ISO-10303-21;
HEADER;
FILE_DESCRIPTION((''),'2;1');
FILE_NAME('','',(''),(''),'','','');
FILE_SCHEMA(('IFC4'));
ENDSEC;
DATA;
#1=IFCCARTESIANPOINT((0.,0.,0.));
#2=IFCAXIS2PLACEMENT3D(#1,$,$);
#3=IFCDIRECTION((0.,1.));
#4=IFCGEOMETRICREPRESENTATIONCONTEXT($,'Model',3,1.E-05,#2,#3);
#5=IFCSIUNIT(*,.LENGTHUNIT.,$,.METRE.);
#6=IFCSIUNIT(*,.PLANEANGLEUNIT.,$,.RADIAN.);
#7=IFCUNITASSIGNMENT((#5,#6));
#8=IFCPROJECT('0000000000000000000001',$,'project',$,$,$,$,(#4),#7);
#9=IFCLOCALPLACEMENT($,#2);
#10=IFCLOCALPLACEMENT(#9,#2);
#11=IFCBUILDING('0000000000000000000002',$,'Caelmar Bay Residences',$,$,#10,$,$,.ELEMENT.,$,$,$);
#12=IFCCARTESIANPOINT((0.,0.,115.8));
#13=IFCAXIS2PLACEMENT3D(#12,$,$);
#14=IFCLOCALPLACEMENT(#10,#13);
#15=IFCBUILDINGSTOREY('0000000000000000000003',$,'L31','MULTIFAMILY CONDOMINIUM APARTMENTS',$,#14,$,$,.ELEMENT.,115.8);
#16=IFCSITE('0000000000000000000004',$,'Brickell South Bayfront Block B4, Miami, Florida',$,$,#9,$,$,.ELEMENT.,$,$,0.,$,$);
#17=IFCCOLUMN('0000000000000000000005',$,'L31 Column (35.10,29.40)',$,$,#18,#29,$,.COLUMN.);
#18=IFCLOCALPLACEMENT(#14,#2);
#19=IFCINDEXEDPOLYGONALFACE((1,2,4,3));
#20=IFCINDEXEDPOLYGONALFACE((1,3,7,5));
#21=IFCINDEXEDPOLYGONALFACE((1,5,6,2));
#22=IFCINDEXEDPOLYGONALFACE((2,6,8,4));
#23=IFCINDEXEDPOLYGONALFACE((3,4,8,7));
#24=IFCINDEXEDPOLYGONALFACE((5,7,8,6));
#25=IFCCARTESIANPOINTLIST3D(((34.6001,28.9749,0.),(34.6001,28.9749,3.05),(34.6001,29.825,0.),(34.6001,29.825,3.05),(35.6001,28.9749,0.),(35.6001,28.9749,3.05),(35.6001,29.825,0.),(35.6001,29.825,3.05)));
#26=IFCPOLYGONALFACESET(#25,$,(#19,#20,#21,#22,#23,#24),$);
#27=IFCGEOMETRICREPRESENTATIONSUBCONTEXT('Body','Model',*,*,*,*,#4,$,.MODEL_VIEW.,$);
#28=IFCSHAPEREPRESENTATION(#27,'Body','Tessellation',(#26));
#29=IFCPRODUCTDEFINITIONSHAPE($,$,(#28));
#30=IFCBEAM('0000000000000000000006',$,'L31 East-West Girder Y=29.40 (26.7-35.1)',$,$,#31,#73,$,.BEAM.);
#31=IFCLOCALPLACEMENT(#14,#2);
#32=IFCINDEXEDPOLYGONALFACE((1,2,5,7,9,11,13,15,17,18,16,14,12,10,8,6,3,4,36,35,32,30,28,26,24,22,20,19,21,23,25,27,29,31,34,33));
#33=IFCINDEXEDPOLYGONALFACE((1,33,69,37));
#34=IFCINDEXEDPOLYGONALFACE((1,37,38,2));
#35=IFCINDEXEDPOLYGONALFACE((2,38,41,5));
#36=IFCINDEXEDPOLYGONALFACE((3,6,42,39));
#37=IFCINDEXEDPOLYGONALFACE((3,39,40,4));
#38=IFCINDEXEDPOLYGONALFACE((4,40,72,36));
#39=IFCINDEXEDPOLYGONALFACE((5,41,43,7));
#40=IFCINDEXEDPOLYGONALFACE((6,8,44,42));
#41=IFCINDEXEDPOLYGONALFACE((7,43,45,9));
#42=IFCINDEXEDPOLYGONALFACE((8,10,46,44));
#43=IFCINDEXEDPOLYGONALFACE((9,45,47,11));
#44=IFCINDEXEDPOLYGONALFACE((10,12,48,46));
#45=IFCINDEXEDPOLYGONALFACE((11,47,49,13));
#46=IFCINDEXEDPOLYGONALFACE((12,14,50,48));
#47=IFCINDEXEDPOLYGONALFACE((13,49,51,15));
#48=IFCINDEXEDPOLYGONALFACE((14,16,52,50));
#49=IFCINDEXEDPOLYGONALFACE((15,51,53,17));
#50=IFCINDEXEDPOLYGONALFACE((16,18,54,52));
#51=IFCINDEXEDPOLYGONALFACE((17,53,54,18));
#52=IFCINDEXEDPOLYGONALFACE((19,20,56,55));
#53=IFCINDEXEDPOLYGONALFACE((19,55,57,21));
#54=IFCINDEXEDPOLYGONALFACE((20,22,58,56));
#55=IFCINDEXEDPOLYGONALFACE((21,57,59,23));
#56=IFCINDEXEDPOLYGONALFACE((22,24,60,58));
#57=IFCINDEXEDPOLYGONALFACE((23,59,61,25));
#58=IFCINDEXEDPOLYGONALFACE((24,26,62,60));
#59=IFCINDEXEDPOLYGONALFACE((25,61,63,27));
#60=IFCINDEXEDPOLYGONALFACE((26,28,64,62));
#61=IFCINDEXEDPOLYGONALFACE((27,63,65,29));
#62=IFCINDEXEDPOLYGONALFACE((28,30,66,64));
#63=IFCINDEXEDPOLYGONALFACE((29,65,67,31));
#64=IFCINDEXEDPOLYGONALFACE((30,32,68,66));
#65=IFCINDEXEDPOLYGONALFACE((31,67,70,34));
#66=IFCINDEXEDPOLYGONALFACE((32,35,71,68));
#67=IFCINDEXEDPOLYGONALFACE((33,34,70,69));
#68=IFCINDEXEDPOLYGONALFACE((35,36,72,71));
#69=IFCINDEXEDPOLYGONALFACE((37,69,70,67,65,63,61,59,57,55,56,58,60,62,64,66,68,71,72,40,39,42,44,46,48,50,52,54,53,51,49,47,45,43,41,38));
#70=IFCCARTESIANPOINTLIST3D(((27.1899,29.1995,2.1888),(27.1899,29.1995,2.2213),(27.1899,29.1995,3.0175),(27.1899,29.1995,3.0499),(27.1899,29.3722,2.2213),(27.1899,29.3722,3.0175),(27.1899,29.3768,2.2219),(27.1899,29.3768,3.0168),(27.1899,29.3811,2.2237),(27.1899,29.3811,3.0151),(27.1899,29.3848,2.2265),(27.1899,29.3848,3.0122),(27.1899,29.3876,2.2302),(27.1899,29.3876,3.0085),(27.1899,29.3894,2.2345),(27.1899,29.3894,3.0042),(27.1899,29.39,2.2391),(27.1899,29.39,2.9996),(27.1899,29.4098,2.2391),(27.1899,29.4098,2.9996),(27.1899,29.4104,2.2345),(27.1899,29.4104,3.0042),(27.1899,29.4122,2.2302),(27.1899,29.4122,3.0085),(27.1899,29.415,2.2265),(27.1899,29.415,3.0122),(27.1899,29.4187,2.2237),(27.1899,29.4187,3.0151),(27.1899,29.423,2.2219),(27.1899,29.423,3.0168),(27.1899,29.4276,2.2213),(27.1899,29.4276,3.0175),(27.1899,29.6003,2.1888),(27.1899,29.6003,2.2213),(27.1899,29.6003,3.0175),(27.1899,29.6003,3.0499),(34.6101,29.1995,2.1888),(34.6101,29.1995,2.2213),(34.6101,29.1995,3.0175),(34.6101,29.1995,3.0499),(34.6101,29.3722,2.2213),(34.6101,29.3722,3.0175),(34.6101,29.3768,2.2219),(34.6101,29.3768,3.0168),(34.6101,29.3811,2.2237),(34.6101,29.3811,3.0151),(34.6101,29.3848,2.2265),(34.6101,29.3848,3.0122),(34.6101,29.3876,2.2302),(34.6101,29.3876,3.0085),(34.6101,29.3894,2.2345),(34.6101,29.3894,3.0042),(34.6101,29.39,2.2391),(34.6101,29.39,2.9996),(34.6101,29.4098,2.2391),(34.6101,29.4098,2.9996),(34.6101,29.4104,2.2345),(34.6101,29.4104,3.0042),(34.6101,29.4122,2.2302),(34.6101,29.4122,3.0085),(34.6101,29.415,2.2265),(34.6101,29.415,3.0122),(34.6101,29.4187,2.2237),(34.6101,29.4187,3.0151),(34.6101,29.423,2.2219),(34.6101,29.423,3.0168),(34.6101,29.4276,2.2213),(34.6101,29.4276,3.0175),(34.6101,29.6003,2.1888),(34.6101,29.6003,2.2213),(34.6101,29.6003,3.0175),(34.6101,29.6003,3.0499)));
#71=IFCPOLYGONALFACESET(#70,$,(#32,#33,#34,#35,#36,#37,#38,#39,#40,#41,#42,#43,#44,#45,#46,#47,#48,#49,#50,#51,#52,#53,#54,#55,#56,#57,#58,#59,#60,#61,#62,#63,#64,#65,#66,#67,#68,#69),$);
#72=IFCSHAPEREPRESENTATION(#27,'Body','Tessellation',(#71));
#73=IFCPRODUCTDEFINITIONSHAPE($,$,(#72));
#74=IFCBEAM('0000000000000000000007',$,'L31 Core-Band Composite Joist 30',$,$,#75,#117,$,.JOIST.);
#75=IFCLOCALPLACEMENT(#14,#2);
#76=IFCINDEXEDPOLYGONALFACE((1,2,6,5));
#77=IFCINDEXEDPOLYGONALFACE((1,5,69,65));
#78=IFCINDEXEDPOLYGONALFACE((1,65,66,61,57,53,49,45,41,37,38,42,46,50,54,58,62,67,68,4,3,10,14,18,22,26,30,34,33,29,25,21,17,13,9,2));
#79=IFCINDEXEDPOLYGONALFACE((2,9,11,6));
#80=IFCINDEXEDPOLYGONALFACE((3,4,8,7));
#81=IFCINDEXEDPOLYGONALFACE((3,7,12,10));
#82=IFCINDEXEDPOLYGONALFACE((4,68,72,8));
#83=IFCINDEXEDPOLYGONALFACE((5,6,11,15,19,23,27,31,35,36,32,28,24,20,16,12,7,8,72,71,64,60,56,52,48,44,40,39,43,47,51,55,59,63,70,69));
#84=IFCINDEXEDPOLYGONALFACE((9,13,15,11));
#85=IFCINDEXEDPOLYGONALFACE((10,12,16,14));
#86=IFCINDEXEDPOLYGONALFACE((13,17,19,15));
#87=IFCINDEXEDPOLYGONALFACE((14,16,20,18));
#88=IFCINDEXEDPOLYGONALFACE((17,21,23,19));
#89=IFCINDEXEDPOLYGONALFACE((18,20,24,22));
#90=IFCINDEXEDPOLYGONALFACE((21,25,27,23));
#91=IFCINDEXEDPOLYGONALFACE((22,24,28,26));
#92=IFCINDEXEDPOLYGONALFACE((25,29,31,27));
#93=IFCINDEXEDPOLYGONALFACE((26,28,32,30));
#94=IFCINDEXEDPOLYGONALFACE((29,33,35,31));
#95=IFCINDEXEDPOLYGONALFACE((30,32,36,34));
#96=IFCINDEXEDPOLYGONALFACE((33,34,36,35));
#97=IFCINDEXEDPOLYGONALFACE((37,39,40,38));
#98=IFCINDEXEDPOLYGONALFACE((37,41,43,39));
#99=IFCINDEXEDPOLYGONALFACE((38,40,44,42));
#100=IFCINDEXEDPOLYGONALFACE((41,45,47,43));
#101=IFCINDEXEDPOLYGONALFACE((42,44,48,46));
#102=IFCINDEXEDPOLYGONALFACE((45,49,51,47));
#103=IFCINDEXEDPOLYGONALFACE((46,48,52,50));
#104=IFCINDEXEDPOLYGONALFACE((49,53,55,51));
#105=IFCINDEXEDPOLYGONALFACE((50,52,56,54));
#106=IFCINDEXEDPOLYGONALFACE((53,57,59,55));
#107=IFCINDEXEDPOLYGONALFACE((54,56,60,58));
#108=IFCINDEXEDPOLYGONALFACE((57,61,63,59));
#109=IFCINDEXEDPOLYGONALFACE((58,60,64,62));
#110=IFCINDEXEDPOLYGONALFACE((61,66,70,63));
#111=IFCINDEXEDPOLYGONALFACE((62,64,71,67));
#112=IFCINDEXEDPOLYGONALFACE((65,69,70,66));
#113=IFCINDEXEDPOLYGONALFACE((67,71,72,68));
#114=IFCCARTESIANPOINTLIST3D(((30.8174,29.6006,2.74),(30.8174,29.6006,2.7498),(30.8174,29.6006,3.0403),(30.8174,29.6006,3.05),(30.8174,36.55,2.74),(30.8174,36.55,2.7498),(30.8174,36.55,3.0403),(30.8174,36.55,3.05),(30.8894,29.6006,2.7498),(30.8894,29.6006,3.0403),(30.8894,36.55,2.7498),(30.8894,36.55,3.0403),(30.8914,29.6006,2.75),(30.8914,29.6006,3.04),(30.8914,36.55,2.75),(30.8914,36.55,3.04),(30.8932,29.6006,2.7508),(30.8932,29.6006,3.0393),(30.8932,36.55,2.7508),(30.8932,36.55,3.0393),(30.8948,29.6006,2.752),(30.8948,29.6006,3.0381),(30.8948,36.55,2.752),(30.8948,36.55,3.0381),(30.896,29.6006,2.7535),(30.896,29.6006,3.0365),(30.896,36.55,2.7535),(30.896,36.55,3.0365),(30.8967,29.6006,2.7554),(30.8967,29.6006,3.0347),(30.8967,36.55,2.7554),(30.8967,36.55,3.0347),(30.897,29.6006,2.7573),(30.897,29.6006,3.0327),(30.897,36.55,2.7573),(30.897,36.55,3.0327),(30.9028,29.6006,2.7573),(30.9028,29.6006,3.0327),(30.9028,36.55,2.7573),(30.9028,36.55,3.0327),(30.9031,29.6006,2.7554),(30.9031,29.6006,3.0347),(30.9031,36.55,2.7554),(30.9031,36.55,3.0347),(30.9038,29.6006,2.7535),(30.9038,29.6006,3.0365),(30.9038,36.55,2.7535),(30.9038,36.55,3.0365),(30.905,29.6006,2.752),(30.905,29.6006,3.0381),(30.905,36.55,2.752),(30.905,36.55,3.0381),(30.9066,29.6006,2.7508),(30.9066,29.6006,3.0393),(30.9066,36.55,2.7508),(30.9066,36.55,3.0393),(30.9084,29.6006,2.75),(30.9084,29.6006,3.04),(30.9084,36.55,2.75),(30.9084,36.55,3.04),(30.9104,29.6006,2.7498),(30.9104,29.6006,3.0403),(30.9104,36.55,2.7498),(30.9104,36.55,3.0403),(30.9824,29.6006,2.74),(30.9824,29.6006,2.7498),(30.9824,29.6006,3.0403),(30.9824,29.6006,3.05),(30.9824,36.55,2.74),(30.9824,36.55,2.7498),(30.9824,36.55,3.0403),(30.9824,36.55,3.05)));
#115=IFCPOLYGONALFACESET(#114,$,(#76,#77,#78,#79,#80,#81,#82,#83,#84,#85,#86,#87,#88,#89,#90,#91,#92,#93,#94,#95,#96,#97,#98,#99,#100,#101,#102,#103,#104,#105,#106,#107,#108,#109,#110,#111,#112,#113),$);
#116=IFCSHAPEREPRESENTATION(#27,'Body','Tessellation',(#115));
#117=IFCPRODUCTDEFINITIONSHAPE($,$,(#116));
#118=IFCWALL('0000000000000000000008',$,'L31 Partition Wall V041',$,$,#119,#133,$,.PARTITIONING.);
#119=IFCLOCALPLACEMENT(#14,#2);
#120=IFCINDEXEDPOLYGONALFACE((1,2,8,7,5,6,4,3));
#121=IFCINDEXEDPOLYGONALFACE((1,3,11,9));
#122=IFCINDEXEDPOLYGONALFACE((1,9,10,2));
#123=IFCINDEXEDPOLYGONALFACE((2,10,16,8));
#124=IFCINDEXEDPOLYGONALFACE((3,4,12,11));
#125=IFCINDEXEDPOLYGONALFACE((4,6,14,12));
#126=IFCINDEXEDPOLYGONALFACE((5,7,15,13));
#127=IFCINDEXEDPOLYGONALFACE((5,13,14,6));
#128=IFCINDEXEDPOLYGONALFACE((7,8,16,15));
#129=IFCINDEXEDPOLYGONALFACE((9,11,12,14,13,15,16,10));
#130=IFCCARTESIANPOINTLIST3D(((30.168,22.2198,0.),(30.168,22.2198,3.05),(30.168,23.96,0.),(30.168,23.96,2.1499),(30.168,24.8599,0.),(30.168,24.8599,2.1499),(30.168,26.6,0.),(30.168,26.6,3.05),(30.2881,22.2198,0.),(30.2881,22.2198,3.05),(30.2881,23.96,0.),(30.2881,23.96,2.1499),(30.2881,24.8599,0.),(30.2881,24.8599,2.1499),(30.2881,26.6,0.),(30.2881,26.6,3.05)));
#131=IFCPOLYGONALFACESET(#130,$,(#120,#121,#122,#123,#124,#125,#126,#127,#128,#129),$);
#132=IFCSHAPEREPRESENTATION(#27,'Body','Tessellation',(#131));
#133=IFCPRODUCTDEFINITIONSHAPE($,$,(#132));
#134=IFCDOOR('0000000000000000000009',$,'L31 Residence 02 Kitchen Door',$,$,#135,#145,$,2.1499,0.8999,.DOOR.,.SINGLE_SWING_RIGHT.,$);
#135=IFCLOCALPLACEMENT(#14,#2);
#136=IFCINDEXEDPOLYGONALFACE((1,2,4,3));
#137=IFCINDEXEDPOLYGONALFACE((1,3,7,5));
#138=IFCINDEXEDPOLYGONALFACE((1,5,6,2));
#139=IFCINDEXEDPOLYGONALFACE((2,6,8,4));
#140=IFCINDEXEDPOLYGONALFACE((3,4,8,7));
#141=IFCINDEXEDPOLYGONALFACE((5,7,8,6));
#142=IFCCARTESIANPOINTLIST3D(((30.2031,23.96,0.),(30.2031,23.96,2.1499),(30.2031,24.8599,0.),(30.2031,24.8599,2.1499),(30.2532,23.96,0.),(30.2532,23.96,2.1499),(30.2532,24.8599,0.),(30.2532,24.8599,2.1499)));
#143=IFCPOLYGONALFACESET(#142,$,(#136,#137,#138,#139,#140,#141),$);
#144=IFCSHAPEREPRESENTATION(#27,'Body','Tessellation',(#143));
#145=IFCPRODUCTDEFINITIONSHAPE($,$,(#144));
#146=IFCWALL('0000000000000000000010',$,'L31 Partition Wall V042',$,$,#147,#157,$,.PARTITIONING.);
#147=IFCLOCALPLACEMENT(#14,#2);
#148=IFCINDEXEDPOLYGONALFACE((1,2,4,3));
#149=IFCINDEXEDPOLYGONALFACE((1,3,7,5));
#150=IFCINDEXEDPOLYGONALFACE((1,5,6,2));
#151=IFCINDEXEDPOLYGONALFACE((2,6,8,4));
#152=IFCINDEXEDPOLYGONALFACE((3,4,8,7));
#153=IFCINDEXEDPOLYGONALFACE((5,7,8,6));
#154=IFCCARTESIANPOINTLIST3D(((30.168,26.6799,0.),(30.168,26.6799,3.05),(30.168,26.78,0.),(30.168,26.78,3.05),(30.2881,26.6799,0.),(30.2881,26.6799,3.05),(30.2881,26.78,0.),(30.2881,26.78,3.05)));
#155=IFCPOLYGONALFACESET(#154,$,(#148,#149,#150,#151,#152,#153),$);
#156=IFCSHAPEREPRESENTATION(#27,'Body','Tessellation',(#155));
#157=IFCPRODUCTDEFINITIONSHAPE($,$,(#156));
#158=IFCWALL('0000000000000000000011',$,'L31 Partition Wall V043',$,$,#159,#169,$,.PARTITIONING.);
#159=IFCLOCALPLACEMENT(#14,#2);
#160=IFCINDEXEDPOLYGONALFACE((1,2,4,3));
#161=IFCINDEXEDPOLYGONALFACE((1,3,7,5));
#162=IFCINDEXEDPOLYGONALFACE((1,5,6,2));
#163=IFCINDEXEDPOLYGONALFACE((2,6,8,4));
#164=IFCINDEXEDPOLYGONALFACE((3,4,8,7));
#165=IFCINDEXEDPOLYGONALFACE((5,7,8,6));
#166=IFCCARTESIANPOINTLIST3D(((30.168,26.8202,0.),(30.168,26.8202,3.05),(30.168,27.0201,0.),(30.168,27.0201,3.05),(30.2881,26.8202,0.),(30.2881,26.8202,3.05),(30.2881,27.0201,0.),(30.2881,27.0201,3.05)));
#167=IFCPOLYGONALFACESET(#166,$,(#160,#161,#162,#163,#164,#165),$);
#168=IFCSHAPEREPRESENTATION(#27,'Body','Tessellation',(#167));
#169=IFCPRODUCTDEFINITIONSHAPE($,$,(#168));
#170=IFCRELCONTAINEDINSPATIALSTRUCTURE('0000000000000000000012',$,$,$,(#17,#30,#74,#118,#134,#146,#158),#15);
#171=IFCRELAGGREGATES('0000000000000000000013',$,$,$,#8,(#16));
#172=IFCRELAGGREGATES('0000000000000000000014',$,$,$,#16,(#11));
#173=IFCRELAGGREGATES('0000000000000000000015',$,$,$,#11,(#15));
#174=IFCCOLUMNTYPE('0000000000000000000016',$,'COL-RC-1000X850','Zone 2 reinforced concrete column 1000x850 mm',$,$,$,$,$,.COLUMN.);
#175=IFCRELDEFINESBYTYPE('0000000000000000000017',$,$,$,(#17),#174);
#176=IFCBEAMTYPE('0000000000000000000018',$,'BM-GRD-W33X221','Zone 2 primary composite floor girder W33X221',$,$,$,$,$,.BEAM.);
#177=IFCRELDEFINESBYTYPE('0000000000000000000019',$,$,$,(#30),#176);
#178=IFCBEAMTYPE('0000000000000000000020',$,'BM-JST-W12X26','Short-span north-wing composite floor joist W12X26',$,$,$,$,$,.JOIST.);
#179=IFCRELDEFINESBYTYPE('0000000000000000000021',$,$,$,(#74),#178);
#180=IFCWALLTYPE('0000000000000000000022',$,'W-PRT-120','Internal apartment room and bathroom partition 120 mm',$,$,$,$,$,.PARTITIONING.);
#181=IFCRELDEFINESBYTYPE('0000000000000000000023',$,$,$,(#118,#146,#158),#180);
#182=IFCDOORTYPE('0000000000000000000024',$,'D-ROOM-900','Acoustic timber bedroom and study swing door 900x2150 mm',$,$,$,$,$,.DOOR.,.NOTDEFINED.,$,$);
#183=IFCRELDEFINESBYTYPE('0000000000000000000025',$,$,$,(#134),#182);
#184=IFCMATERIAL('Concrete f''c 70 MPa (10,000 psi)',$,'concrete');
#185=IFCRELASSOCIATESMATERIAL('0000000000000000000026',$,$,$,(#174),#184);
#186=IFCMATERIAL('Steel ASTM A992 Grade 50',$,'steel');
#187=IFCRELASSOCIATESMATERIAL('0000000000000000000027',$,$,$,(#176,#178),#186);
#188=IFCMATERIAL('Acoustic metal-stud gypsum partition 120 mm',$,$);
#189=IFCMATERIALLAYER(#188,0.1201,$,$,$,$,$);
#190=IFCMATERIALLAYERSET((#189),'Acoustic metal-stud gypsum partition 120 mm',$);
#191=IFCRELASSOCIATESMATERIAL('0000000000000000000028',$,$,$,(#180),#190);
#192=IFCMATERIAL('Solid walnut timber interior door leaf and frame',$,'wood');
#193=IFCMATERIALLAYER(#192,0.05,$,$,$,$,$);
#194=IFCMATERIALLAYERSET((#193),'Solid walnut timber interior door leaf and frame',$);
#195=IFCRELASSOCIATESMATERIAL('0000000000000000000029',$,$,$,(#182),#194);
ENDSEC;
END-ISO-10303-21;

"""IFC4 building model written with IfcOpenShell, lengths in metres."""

from ifc_helpers import new_model, si_unit, direction, frame, frame_2d, origin, origin_2d, place, context, subcontext, project, spatial, rectangle, i_section, extrude, material, layer, layer_set, material_profile, profile_set, type_object, element, fill, save


model = new_model("IFC4")

# Units and contexts
model_context = context("Model", 3, precision=1e-05, world=origin(), true_north=direction((0.0, 1.0)))
body_context = subcontext(model_context, "Body", "Model", "MODEL_VIEW")
ifc_project = project(units=[si_unit("LENGTHUNIT", "METRE"), si_unit("PLANEANGLEUNIT", "RADIAN")], contexts=[model_context])

# Site, building, storey
site_placement = place(None, origin())
site = spatial("IfcSite", under=ifc_project, at=site_placement, Name="Brickell South Bayfront Block B4, Miami, Florida", CompositionType="ELEMENT", RefElevation=0.0)
building_placement = place(site_placement, origin())
building = spatial("IfcBuilding", under=site, at=building_placement, Name="Caelmar Bay Residences", CompositionType="ELEMENT")
storey_placement = place(building_placement, frame((0.0, 0.0, 115.8)))
storey = spatial("IfcBuildingStorey", under=building, at=storey_placement, Name="L31", Description="MULTIFAMILY CONDOMINIUM APARTMENTS", CompositionType="ELEMENT", Elevation=115.8)

# Column
ifc_material_1 = material(Name="Concrete f'c 70 MPa (10,000 psi)", Category="concrete")
ifc_material_profile_1 = material_profile(ifc_material_1, rectangle(XDim=1.0, YDim=0.8501, at=origin_2d()), Name="RC-COL-1000X850")
ifc_profile_set_1 = profile_set([ifc_material_profile_1], Name="Concrete f'c 70 MPa (10,000 psi)")
column_type = type_object("IfcColumnType", Name="COL-RC-1000X850", Description="Zone 2 reinforced concrete column 1000x850 mm", PredefinedType="COLUMN", material=ifc_profile_set_1)
column_placement = place(storey_placement, frame((35.1001, 29.3999, 0.0), z_axis=(0.0, 0.0, 1.0), x_axis=(1.0, 0.0, 0.0)))
element("IfcColumn", 1, at=column_placement, inside=storey, type_object=column_type, Name="L31 Column (35.10,29.40)", PredefinedType="COLUMN", context=body_context, shape_type="SweptSolid", body=[
    extrude(rectangle(XDim=1.0, YDim=0.8501, at=origin_2d()), origin(), (0.0, 0.0, 1.0), 3.05),
])

# Beams
ifc_material_2 = material(Name="Steel ASTM A992 Grade 50", Category="steel")
ifc_material_profile_2 = material_profile(ifc_material_2, i_section(OverallWidth=0.4009, OverallDepth=0.8611, WebThickness=0.0198, FlangeThickness=0.0325, FilletRadius=0.0178, at=origin_2d()), Name="W33X221")
ifc_profile_set_2 = profile_set([ifc_material_profile_2], Name="Steel ASTM A992 Grade 50")
beam_type_1 = type_object("IfcBeamType", Name="BM-GRD-W33X221", Description="Zone 2 primary composite floor girder W33X221", PredefinedType="BEAM", material=ifc_profile_set_2)
beam_1_placement = place(storey_placement, frame((27.1899, 29.3999, 2.6194), z_axis=(1.0, 0.0, 0.0), x_axis=(0.0, 1.0, 0.0)))
element("IfcBeam", 2, at=beam_1_placement, inside=storey, type_object=beam_type_1, Name="L31 East-West Girder Y=29.40 (26.7-35.1)", PredefinedType="BEAM", context=body_context, shape_type="SweptSolid", body=[
    extrude(i_section(OverallWidth=0.4009, OverallDepth=0.8611, WebThickness=0.0198, FlangeThickness=0.0325, FilletRadius=0.0178, at=origin_2d()), origin(), (0.0, 0.0, 1.0), 7.4202),
])
ifc_material_profile_3 = material_profile(ifc_material_2, i_section(OverallWidth=0.165, OverallDepth=0.3101, WebThickness=0.0059, FlangeThickness=0.0098, FilletRadius=0.0076, at=origin_2d()), Name="W12X26")
ifc_profile_set_3 = profile_set([ifc_material_profile_3], Name="Steel ASTM A992 Grade 50")
beam_type_2 = type_object("IfcBeamType", Name="BM-JST-W12X26", Description="Short-span north-wing composite floor joist W12X26", PredefinedType="JOIST", material=ifc_profile_set_3)
beam_2_placement = place(storey_placement, frame((30.8999, 29.6006, 2.895), z_axis=(0.0, 1.0, 0.0), x_axis=(-1.0, 0.0, 0.0)))
element("IfcBeam", 3, at=beam_2_placement, inside=storey, type_object=beam_type_2, Name="L31 Core-Band Composite Joist 30", PredefinedType="JOIST", context=body_context, shape_type="SweptSolid", body=[
    extrude(i_section(OverallWidth=0.165, OverallDepth=0.3101, WebThickness=0.0059, FlangeThickness=0.0098, FilletRadius=0.0076, at=origin_2d()), origin(), (0.0, 0.0, 1.0), 6.9495),
])

# Wall, opening, door
ifc_material_3 = material(Name="Acoustic metal-stud gypsum partition 120 mm")
ifc_layer_1 = layer(ifc_material_3, 0.1201)
ifc_layer_set_1 = layer_set([ifc_layer_1], Name="Acoustic metal-stud gypsum partition 120 mm")
wall_type = type_object("IfcWallType", Name="W-PRT-120", Description="Internal apartment room and bathroom partition 120 mm", PredefinedType="PARTITIONING", material=ifc_layer_set_1)
wall_1_placement = place(storey_placement, frame((30.228, 22.22, 0.0), z_axis=(0.0, 0.0, 1.0), x_axis=(0.0, 1.0, 0.0)))
wall_1 = element("IfcWall", 4, at=wall_1_placement, inside=storey, type_object=wall_type, Name="L31 Partition Wall V041", PredefinedType="PARTITIONING", context=body_context, shape_type="SweptSolid", body=[
    extrude(rectangle(XDim=4.3801, YDim=0.1201, at=frame_2d((2.1899, 0.0))), origin(), (0.0, 0.0, 1.0), 3.05),
])
opening_1_placement = place(wall_1_placement, frame((1.74, 0.0, 0.0)))
opening_1 = element("IfcOpeningElement", 5, at=opening_1_placement, cuts=wall_1, PredefinedType="OPENING", context=body_context, shape_type="SweptSolid", body=[
    extrude(rectangle(XDim=0.8999, YDim=2.1499, at=frame_2d((0.45, 1.075))), frame((0.0, 0.0701, 0.0), z_axis=(0.0, -1.0, 0.0), x_axis=(1.0, 0.0, 0.0)), (0.0, 0.0, 1.0), 0.1401),
])
ifc_material_4 = material(Name="Solid walnut timber interior door leaf and frame", Category="wood")
ifc_layer_2 = layer(ifc_material_4, 0.05)
ifc_layer_set_2 = layer_set([ifc_layer_2], Name="Solid walnut timber interior door leaf and frame")
door_type_1 = type_object("IfcDoorType", Name="D-ROOM-900", Description="Acoustic timber bedroom and study swing door 900x2150 mm", OperationType="NOTDEFINED", PredefinedType="DOOR", material=ifc_layer_set_2)
door_1_placement = place(opening_1_placement, origin())
door_1 = element("IfcDoor", 6, at=door_1_placement, inside=storey, type_object=door_type_1, Name="L31 Residence 02 Kitchen Door", OperationType="SINGLE_SWING_RIGHT", OverallHeight=2.1499, OverallWidth=0.8999, PredefinedType="DOOR", context=body_context, shape_type="SweptSolid", body=[
    extrude(rectangle(XDim=0.8999, YDim=2.1499, at=frame_2d((0.45, 1.075))), frame((0.0, 0.0249, 0.0), z_axis=(0.0, -1.0, 0.0), x_axis=(1.0, 0.0, 0.0)), (0.0, 0.0, 1.0), 0.05),
])
fill(opening_1, door_1)

# Walls
wall_2_placement = place(storey_placement, frame((30.228, 26.6799, 0.0), z_axis=(0.0, 0.0, 1.0), x_axis=(0.0, 1.0, 0.0)))
element("IfcWall", 7, at=wall_2_placement, inside=storey, type_object=wall_type, Name="L31 Partition Wall V042", PredefinedType="PARTITIONING", context=body_context, shape_type="SweptSolid", body=[
    extrude(rectangle(XDim=0.1001, YDim=0.1201, at=frame_2d((0.05, 0.0))), origin(), (0.0, 0.0, 1.0), 3.05),
])
wall_3_placement = place(storey_placement, frame((30.228, 26.8201, 0.0), z_axis=(0.0, 0.0, 1.0), x_axis=(0.0, 1.0, 0.0)))
element("IfcWall", 8, at=wall_3_placement, inside=storey, type_object=wall_type, Name="L31 Partition Wall V043", PredefinedType="PARTITIONING", context=body_context, shape_type="SweptSolid", body=[
    extrude(rectangle(XDim=0.2, YDim=0.1201, at=frame_2d((0.1001, 0.0))), origin(), (0.0, 0.0, 1.0), 3.05),
])

save(model, "model.ifc")
